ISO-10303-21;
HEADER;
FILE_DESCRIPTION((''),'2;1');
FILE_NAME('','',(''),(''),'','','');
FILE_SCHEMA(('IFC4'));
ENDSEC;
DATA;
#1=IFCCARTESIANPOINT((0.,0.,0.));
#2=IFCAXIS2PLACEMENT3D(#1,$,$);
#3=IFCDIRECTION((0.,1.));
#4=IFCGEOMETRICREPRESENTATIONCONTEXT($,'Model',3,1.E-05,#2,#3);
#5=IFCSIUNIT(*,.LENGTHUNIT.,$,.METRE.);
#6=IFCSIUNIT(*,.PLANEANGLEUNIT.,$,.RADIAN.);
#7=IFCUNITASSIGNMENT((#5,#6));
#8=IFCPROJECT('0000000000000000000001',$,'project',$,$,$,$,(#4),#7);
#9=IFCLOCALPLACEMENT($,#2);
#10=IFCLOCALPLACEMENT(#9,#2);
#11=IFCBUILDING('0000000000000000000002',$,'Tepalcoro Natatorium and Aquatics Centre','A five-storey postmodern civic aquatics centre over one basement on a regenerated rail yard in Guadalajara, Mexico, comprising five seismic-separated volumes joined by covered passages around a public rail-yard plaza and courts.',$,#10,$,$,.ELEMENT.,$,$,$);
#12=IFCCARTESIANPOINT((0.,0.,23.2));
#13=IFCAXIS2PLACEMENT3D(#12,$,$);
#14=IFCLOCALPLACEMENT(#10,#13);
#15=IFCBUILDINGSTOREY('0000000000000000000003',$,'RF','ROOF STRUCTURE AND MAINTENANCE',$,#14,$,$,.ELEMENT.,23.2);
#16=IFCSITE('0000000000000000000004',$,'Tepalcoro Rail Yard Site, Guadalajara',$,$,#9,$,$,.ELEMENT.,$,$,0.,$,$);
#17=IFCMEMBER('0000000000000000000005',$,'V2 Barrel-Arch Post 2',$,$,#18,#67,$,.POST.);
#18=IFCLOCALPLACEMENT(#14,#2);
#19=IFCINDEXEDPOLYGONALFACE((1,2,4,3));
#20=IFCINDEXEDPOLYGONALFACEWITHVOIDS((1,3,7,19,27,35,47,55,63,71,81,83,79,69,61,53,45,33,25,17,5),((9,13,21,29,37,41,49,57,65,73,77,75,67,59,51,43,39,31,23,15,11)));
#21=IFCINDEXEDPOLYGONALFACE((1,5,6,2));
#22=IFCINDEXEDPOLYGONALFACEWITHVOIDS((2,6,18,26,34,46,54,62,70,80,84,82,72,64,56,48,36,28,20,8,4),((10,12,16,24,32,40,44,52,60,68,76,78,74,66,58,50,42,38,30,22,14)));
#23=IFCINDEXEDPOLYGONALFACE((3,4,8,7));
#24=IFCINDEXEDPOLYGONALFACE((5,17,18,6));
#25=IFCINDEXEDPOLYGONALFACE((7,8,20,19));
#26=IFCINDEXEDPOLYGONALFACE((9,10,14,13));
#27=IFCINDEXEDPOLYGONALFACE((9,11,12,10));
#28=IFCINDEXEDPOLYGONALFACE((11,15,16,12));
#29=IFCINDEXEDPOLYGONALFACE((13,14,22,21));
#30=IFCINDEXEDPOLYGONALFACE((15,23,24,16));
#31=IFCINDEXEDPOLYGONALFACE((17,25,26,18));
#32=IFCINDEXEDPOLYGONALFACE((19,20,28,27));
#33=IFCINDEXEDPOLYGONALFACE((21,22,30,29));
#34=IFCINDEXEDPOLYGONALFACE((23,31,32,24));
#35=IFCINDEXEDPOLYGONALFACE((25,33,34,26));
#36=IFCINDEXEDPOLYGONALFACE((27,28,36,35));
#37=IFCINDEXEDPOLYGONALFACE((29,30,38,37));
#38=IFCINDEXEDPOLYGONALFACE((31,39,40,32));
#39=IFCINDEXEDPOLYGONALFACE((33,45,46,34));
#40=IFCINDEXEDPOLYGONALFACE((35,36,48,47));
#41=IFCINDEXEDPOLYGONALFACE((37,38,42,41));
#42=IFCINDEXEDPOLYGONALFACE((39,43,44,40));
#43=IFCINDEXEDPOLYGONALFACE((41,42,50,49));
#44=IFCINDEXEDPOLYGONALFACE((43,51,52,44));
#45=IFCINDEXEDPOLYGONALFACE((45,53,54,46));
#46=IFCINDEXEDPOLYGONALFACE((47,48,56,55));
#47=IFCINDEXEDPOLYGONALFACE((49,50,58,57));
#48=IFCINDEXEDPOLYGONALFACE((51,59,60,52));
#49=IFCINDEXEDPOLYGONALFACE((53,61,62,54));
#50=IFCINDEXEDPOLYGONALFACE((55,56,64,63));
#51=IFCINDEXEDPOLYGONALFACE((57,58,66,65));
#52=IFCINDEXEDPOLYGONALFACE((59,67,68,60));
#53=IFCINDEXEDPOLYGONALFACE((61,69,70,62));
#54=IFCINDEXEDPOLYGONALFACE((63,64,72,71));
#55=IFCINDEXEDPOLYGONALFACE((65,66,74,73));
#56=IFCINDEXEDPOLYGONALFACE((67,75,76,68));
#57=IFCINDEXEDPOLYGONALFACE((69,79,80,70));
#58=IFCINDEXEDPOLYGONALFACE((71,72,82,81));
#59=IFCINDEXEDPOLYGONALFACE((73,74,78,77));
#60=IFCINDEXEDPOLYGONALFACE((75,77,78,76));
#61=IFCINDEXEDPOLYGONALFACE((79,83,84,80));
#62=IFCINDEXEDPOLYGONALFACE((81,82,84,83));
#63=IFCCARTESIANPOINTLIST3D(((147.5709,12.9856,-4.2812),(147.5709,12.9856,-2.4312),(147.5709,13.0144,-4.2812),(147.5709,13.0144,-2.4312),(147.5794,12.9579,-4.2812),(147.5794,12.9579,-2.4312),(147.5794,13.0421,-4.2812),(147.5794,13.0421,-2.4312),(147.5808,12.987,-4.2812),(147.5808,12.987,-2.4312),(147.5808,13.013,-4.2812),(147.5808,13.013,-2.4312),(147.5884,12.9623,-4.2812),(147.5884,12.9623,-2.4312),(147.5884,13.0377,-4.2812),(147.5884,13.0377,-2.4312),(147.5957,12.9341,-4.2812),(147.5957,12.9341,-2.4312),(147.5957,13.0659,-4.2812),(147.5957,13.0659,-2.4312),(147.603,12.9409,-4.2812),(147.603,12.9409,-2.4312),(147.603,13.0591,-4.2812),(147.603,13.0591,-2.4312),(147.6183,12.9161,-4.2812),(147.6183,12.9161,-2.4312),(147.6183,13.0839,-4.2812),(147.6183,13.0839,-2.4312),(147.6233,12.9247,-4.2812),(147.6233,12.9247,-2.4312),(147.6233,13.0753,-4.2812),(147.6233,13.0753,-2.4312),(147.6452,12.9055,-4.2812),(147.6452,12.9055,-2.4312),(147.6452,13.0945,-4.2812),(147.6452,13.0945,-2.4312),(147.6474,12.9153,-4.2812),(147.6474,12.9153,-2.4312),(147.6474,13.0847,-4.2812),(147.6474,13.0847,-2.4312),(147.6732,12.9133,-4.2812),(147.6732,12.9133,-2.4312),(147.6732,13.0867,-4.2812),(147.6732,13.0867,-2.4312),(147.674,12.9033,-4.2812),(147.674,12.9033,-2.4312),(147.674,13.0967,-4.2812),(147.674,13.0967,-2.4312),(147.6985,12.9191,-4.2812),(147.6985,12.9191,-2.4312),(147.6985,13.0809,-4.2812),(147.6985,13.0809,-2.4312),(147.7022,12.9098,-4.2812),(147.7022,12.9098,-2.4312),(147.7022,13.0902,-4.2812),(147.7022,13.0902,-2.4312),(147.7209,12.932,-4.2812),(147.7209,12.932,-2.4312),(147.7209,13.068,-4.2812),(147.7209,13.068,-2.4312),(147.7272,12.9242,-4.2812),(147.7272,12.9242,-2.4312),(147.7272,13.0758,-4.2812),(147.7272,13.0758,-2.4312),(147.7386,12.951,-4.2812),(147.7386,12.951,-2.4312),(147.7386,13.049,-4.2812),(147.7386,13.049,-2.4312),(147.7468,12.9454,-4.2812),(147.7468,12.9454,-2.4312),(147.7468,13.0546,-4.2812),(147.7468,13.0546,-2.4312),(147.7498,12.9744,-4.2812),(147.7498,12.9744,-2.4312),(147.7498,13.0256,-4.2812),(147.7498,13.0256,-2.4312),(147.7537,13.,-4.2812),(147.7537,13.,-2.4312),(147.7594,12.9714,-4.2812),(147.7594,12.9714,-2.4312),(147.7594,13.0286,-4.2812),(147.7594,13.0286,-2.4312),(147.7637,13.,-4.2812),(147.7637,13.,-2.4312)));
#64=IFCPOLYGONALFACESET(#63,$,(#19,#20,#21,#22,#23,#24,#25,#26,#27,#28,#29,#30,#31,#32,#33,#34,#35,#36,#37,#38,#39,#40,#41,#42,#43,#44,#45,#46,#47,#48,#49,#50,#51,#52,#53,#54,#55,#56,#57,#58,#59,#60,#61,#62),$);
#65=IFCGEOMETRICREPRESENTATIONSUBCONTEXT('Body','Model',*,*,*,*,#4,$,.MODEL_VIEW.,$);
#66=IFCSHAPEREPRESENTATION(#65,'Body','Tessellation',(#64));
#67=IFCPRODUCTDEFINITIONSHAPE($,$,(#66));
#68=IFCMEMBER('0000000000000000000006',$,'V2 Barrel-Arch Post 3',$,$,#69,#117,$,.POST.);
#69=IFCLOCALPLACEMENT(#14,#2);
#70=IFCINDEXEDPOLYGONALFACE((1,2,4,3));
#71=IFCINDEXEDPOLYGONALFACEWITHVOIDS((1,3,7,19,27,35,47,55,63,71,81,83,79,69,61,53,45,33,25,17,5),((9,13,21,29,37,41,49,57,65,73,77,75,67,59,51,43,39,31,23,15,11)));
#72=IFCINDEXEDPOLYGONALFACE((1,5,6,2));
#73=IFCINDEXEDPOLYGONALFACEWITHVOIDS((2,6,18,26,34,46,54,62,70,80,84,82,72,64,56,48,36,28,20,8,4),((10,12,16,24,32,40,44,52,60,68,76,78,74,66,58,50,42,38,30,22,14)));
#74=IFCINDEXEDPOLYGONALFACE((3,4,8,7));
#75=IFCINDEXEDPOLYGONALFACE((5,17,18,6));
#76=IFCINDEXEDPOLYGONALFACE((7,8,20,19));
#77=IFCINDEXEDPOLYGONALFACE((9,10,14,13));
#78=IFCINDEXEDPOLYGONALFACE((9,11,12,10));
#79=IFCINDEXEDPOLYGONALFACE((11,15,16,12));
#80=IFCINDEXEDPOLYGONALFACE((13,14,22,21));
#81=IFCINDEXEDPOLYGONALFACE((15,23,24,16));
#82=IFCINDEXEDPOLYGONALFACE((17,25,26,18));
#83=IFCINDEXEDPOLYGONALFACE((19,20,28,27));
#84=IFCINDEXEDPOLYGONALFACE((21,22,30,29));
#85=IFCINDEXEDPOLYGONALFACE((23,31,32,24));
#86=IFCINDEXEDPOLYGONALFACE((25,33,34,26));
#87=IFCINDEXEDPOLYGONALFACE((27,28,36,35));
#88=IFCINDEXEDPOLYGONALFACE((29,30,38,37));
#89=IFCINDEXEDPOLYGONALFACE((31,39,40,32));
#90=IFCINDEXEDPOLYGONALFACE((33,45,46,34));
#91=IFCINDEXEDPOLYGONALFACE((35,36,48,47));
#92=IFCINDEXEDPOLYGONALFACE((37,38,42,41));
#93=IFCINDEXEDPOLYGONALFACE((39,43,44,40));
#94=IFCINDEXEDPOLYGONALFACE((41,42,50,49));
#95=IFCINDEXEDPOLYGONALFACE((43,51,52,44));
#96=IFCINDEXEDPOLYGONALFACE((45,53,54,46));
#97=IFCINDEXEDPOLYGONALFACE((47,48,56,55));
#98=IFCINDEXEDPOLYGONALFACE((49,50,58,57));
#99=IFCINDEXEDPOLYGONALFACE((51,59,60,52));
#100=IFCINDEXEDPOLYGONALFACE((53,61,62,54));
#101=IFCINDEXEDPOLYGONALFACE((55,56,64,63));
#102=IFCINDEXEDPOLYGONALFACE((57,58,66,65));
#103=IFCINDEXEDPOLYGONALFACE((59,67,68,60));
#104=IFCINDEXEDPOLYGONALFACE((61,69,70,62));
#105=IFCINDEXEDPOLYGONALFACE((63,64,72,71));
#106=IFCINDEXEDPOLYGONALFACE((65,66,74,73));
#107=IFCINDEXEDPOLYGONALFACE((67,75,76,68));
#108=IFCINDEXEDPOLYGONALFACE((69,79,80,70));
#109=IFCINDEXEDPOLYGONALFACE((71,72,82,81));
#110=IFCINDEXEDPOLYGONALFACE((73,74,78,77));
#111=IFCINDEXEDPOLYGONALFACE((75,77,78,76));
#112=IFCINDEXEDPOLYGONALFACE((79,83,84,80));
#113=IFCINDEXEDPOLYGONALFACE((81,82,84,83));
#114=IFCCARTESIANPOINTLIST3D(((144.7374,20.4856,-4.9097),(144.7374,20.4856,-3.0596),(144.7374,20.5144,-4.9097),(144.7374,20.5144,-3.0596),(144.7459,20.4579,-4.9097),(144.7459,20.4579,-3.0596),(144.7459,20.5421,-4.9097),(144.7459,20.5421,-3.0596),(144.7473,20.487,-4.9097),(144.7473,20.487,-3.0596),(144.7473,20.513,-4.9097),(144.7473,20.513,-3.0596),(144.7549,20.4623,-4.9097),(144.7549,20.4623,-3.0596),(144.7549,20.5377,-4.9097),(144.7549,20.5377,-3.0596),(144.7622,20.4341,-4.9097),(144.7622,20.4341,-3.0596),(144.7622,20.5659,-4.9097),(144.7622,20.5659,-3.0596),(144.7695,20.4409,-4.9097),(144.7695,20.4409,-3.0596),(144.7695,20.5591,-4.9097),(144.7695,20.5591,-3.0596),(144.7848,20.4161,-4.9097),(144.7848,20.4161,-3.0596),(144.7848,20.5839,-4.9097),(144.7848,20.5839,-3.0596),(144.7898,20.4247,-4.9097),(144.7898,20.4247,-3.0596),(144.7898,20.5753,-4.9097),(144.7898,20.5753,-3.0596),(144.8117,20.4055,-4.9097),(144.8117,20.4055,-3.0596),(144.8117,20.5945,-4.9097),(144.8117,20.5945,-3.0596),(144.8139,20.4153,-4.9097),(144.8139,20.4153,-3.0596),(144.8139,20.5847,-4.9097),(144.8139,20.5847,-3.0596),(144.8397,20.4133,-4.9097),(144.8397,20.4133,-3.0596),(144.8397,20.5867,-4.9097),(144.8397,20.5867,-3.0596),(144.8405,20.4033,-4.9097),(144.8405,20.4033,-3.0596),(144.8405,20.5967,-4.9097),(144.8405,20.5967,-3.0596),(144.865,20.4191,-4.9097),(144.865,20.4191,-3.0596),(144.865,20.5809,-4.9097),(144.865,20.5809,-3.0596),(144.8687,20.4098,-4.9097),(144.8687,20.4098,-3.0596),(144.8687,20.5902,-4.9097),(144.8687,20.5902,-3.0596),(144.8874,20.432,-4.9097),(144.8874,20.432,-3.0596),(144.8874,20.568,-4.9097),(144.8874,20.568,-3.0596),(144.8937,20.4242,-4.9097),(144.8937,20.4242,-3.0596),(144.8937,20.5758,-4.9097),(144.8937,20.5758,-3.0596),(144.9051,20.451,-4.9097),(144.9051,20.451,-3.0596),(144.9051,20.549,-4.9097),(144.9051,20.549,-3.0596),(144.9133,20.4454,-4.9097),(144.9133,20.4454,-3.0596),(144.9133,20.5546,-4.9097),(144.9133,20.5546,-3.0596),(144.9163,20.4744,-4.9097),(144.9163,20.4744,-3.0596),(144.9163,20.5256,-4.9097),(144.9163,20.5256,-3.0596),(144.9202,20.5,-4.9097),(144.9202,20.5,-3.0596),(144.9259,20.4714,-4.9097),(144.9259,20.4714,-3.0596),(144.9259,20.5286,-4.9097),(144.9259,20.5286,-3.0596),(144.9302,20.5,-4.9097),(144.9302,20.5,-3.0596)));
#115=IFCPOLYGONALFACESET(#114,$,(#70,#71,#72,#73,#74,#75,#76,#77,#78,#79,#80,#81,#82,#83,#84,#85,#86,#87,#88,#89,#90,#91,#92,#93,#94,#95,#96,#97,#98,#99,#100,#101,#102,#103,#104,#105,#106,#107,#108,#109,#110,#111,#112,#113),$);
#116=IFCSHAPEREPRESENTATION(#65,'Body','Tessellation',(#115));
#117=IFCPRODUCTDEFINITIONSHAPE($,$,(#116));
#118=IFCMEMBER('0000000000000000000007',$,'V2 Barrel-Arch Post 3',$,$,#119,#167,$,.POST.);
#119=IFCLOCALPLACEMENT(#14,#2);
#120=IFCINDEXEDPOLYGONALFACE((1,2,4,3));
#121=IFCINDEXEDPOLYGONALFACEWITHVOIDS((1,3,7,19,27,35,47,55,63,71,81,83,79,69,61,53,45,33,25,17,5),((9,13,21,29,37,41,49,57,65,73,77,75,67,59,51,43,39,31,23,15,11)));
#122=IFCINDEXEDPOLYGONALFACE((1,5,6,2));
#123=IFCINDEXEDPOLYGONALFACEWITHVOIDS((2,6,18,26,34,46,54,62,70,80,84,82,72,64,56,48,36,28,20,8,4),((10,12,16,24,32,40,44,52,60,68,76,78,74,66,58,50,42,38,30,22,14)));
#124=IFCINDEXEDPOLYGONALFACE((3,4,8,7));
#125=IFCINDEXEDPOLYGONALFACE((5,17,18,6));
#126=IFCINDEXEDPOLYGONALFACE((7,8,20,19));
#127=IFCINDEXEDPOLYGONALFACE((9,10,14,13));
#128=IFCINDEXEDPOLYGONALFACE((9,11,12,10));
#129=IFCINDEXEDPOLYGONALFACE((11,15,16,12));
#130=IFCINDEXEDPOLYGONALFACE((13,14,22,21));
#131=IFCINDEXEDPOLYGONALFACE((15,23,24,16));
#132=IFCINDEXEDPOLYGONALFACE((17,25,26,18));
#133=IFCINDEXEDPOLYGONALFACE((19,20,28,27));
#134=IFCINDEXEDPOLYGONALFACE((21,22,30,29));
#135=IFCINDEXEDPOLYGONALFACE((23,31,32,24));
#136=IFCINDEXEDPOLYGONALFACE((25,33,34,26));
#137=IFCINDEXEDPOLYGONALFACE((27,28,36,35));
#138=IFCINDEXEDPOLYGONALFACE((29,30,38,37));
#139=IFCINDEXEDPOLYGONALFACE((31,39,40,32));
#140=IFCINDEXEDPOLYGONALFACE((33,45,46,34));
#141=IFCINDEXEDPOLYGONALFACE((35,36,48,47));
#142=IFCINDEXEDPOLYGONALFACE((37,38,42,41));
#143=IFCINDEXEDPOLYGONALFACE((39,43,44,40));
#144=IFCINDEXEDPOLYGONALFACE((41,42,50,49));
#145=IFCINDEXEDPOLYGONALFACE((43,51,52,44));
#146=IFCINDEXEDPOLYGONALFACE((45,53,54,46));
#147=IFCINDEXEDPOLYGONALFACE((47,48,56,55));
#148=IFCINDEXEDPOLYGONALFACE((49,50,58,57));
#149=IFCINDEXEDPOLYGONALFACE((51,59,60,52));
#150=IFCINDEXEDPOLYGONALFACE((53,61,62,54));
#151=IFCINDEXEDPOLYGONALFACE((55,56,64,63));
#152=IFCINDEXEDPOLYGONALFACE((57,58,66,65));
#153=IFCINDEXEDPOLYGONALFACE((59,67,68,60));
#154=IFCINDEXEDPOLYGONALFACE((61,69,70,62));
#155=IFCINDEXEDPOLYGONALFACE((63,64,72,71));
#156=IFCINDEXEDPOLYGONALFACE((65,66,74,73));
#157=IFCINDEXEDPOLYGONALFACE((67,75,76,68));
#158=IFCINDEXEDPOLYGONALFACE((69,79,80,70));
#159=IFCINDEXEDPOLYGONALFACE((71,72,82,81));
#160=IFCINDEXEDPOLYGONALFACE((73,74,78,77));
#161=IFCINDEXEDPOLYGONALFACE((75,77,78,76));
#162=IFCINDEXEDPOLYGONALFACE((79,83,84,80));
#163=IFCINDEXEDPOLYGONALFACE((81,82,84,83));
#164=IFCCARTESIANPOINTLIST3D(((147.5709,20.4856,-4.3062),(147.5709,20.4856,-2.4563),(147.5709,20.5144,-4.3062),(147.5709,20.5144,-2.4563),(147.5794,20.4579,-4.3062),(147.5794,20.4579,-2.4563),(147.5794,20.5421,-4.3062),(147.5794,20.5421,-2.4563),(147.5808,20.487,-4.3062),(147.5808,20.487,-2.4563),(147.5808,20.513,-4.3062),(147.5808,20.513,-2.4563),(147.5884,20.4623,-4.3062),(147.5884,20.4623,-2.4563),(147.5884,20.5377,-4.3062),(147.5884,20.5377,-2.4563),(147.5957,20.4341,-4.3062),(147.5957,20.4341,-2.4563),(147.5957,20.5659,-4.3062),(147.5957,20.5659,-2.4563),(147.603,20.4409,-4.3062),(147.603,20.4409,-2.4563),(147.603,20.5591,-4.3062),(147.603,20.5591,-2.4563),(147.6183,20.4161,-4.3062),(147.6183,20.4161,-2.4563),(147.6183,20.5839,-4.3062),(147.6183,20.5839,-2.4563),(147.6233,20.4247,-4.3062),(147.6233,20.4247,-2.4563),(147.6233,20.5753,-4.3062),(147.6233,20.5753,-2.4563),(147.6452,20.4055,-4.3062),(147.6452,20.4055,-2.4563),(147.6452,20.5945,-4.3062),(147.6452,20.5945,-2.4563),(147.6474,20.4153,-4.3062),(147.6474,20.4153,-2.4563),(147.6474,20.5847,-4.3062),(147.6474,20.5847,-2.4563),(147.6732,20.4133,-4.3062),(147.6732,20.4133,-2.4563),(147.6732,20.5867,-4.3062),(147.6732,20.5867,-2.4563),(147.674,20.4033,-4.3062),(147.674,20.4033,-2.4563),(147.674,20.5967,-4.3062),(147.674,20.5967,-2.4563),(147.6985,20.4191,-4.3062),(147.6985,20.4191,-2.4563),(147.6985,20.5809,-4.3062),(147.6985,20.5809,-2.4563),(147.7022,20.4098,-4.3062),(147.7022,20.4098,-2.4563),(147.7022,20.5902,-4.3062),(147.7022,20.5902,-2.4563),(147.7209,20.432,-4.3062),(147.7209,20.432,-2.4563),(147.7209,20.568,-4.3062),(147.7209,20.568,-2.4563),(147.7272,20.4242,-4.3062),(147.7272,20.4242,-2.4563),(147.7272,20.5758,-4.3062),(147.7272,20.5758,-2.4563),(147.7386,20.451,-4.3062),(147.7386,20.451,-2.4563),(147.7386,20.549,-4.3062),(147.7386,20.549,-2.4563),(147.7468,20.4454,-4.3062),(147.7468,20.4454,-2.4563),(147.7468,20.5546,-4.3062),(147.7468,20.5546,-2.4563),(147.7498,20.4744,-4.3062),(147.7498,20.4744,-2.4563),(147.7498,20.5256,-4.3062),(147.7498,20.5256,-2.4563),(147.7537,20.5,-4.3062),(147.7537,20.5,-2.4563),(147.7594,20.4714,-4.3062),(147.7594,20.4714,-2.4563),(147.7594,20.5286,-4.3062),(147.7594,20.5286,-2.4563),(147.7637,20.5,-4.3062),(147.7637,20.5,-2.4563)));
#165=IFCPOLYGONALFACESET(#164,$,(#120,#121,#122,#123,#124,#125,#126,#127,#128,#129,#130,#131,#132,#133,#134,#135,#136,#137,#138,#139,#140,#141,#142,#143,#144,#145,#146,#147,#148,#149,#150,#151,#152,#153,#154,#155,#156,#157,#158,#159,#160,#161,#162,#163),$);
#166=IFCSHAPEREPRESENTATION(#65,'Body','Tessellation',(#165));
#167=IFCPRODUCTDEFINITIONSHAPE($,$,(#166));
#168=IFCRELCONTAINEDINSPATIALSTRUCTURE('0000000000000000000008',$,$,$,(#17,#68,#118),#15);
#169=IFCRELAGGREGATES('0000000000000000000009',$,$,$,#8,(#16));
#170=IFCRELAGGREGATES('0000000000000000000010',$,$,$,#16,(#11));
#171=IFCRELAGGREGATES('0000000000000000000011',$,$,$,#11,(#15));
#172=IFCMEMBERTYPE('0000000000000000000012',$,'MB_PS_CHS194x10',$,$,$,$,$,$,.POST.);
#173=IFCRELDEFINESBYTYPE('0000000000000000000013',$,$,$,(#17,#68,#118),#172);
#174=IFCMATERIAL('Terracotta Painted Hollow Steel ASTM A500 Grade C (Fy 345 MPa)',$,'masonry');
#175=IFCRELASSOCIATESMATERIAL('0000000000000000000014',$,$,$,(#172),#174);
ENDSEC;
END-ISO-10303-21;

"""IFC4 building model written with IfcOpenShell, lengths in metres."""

from ifc_helpers import new_model, si_unit, direction, frame, origin, origin_2d, place, context, subcontext, project, spatial, hollow_circle, extrude, material, material_profile, profile_set, type_object, element, save


model = new_model("IFC4")

# Units and contexts
model_context = context("Model", 3, precision=1e-05, world=origin(), true_north=direction((0.0, 1.0)))
body_context = subcontext(model_context, "Body", "Model", "MODEL_VIEW")
ifc_project = project(units=[si_unit("LENGTHUNIT", "METRE"), si_unit("PLANEANGLEUNIT", "RADIAN")], contexts=[model_context])

# Site, building, storey
site_placement = place(None, origin())
site = spatial("IfcSite", under=ifc_project, at=site_placement, Name="Tepalcoro Rail Yard Site, Guadalajara", CompositionType="ELEMENT", RefElevation=0.0)
building_placement = place(site_placement, origin())
building = spatial("IfcBuilding", under=site, at=building_placement, Name="Tepalcoro Natatorium and Aquatics Centre", Description="A five-storey postmodern civic aquatics centre over one basement on a regenerated rail yard in Guadalajara, Mexico, comprising five seismic-separated volumes joined by covered passages around a public rail-yard plaza and courts.", CompositionType="ELEMENT")
storey_placement = place(building_placement, frame((0.0, 0.0, 23.2)))
storey = spatial("IfcBuildingStorey", under=building, at=storey_placement, Name="RF", Description="ROOF STRUCTURE AND MAINTENANCE", CompositionType="ELEMENT", Elevation=23.2)

# Shared definitions
ifc_material = material(Name="Terracotta Painted Hollow Steel ASTM A500 Grade C (Fy 345 MPa)", Category="masonry")

# Members
ifc_material_profile_1 = material_profile(ifc_material, hollow_circle(Radius=0.0969, WallThickness=0.01, at=origin_2d()), Name="CHS194X10")
ifc_profile_set_1 = profile_set([ifc_material_profile_1], Name="Terracotta Painted Hollow Steel ASTM A500 Grade C (Fy 345 MPa)")
member_type_1 = type_object("IfcMemberType", Name="MB_PS_CHS194x10", PredefinedType="POST", material=ifc_profile_set_1)
for number, where, z_axis, x_axis, name in (
    (1, (147.6667, 13.0, -4.2812), (0.0, 0.0, 1.0), (1.0, 0.0, 0.0), "V2 Barrel-Arch Post 2"),
    (2, (144.8333, 20.5, -4.9097), (0.0, 0.0, 1.0), (1.0, 0.0, 0.0), "V2 Barrel-Arch Post 3"),
):
    element("IfcMember", number, at=place(storey_placement, frame(where, z_axis=z_axis, x_axis=x_axis)), inside=storey, type_object=member_type_1, Name=name, PredefinedType="POST", context=body_context, shape_type="SweptSolid", body=[
        extrude(hollow_circle(Radius=0.0969, WallThickness=0.01, at=origin_2d()), origin(), (0.0, 0.0, 1.0), 1.8501),
    ])
for number, where, z_axis, x_axis, name in (
    (3, (147.6667, 20.5, -4.3062), (0.0, 0.0, 1.0), (1.0, 0.0, 0.0), "V2 Barrel-Arch Post 3"),
):
    element("IfcMember", number, at=place(storey_placement, frame(where, z_axis=z_axis, x_axis=x_axis)), inside=storey, type_object=member_type_1, Name=name, PredefinedType="POST", context=body_context, shape_type="SweptSolid", body=[
        extrude(hollow_circle(Radius=0.0969, WallThickness=0.01, at=origin_2d()), origin(), (0.0, 0.0, 1.0), 1.8499),
    ])

save(model, "model.ifc")
